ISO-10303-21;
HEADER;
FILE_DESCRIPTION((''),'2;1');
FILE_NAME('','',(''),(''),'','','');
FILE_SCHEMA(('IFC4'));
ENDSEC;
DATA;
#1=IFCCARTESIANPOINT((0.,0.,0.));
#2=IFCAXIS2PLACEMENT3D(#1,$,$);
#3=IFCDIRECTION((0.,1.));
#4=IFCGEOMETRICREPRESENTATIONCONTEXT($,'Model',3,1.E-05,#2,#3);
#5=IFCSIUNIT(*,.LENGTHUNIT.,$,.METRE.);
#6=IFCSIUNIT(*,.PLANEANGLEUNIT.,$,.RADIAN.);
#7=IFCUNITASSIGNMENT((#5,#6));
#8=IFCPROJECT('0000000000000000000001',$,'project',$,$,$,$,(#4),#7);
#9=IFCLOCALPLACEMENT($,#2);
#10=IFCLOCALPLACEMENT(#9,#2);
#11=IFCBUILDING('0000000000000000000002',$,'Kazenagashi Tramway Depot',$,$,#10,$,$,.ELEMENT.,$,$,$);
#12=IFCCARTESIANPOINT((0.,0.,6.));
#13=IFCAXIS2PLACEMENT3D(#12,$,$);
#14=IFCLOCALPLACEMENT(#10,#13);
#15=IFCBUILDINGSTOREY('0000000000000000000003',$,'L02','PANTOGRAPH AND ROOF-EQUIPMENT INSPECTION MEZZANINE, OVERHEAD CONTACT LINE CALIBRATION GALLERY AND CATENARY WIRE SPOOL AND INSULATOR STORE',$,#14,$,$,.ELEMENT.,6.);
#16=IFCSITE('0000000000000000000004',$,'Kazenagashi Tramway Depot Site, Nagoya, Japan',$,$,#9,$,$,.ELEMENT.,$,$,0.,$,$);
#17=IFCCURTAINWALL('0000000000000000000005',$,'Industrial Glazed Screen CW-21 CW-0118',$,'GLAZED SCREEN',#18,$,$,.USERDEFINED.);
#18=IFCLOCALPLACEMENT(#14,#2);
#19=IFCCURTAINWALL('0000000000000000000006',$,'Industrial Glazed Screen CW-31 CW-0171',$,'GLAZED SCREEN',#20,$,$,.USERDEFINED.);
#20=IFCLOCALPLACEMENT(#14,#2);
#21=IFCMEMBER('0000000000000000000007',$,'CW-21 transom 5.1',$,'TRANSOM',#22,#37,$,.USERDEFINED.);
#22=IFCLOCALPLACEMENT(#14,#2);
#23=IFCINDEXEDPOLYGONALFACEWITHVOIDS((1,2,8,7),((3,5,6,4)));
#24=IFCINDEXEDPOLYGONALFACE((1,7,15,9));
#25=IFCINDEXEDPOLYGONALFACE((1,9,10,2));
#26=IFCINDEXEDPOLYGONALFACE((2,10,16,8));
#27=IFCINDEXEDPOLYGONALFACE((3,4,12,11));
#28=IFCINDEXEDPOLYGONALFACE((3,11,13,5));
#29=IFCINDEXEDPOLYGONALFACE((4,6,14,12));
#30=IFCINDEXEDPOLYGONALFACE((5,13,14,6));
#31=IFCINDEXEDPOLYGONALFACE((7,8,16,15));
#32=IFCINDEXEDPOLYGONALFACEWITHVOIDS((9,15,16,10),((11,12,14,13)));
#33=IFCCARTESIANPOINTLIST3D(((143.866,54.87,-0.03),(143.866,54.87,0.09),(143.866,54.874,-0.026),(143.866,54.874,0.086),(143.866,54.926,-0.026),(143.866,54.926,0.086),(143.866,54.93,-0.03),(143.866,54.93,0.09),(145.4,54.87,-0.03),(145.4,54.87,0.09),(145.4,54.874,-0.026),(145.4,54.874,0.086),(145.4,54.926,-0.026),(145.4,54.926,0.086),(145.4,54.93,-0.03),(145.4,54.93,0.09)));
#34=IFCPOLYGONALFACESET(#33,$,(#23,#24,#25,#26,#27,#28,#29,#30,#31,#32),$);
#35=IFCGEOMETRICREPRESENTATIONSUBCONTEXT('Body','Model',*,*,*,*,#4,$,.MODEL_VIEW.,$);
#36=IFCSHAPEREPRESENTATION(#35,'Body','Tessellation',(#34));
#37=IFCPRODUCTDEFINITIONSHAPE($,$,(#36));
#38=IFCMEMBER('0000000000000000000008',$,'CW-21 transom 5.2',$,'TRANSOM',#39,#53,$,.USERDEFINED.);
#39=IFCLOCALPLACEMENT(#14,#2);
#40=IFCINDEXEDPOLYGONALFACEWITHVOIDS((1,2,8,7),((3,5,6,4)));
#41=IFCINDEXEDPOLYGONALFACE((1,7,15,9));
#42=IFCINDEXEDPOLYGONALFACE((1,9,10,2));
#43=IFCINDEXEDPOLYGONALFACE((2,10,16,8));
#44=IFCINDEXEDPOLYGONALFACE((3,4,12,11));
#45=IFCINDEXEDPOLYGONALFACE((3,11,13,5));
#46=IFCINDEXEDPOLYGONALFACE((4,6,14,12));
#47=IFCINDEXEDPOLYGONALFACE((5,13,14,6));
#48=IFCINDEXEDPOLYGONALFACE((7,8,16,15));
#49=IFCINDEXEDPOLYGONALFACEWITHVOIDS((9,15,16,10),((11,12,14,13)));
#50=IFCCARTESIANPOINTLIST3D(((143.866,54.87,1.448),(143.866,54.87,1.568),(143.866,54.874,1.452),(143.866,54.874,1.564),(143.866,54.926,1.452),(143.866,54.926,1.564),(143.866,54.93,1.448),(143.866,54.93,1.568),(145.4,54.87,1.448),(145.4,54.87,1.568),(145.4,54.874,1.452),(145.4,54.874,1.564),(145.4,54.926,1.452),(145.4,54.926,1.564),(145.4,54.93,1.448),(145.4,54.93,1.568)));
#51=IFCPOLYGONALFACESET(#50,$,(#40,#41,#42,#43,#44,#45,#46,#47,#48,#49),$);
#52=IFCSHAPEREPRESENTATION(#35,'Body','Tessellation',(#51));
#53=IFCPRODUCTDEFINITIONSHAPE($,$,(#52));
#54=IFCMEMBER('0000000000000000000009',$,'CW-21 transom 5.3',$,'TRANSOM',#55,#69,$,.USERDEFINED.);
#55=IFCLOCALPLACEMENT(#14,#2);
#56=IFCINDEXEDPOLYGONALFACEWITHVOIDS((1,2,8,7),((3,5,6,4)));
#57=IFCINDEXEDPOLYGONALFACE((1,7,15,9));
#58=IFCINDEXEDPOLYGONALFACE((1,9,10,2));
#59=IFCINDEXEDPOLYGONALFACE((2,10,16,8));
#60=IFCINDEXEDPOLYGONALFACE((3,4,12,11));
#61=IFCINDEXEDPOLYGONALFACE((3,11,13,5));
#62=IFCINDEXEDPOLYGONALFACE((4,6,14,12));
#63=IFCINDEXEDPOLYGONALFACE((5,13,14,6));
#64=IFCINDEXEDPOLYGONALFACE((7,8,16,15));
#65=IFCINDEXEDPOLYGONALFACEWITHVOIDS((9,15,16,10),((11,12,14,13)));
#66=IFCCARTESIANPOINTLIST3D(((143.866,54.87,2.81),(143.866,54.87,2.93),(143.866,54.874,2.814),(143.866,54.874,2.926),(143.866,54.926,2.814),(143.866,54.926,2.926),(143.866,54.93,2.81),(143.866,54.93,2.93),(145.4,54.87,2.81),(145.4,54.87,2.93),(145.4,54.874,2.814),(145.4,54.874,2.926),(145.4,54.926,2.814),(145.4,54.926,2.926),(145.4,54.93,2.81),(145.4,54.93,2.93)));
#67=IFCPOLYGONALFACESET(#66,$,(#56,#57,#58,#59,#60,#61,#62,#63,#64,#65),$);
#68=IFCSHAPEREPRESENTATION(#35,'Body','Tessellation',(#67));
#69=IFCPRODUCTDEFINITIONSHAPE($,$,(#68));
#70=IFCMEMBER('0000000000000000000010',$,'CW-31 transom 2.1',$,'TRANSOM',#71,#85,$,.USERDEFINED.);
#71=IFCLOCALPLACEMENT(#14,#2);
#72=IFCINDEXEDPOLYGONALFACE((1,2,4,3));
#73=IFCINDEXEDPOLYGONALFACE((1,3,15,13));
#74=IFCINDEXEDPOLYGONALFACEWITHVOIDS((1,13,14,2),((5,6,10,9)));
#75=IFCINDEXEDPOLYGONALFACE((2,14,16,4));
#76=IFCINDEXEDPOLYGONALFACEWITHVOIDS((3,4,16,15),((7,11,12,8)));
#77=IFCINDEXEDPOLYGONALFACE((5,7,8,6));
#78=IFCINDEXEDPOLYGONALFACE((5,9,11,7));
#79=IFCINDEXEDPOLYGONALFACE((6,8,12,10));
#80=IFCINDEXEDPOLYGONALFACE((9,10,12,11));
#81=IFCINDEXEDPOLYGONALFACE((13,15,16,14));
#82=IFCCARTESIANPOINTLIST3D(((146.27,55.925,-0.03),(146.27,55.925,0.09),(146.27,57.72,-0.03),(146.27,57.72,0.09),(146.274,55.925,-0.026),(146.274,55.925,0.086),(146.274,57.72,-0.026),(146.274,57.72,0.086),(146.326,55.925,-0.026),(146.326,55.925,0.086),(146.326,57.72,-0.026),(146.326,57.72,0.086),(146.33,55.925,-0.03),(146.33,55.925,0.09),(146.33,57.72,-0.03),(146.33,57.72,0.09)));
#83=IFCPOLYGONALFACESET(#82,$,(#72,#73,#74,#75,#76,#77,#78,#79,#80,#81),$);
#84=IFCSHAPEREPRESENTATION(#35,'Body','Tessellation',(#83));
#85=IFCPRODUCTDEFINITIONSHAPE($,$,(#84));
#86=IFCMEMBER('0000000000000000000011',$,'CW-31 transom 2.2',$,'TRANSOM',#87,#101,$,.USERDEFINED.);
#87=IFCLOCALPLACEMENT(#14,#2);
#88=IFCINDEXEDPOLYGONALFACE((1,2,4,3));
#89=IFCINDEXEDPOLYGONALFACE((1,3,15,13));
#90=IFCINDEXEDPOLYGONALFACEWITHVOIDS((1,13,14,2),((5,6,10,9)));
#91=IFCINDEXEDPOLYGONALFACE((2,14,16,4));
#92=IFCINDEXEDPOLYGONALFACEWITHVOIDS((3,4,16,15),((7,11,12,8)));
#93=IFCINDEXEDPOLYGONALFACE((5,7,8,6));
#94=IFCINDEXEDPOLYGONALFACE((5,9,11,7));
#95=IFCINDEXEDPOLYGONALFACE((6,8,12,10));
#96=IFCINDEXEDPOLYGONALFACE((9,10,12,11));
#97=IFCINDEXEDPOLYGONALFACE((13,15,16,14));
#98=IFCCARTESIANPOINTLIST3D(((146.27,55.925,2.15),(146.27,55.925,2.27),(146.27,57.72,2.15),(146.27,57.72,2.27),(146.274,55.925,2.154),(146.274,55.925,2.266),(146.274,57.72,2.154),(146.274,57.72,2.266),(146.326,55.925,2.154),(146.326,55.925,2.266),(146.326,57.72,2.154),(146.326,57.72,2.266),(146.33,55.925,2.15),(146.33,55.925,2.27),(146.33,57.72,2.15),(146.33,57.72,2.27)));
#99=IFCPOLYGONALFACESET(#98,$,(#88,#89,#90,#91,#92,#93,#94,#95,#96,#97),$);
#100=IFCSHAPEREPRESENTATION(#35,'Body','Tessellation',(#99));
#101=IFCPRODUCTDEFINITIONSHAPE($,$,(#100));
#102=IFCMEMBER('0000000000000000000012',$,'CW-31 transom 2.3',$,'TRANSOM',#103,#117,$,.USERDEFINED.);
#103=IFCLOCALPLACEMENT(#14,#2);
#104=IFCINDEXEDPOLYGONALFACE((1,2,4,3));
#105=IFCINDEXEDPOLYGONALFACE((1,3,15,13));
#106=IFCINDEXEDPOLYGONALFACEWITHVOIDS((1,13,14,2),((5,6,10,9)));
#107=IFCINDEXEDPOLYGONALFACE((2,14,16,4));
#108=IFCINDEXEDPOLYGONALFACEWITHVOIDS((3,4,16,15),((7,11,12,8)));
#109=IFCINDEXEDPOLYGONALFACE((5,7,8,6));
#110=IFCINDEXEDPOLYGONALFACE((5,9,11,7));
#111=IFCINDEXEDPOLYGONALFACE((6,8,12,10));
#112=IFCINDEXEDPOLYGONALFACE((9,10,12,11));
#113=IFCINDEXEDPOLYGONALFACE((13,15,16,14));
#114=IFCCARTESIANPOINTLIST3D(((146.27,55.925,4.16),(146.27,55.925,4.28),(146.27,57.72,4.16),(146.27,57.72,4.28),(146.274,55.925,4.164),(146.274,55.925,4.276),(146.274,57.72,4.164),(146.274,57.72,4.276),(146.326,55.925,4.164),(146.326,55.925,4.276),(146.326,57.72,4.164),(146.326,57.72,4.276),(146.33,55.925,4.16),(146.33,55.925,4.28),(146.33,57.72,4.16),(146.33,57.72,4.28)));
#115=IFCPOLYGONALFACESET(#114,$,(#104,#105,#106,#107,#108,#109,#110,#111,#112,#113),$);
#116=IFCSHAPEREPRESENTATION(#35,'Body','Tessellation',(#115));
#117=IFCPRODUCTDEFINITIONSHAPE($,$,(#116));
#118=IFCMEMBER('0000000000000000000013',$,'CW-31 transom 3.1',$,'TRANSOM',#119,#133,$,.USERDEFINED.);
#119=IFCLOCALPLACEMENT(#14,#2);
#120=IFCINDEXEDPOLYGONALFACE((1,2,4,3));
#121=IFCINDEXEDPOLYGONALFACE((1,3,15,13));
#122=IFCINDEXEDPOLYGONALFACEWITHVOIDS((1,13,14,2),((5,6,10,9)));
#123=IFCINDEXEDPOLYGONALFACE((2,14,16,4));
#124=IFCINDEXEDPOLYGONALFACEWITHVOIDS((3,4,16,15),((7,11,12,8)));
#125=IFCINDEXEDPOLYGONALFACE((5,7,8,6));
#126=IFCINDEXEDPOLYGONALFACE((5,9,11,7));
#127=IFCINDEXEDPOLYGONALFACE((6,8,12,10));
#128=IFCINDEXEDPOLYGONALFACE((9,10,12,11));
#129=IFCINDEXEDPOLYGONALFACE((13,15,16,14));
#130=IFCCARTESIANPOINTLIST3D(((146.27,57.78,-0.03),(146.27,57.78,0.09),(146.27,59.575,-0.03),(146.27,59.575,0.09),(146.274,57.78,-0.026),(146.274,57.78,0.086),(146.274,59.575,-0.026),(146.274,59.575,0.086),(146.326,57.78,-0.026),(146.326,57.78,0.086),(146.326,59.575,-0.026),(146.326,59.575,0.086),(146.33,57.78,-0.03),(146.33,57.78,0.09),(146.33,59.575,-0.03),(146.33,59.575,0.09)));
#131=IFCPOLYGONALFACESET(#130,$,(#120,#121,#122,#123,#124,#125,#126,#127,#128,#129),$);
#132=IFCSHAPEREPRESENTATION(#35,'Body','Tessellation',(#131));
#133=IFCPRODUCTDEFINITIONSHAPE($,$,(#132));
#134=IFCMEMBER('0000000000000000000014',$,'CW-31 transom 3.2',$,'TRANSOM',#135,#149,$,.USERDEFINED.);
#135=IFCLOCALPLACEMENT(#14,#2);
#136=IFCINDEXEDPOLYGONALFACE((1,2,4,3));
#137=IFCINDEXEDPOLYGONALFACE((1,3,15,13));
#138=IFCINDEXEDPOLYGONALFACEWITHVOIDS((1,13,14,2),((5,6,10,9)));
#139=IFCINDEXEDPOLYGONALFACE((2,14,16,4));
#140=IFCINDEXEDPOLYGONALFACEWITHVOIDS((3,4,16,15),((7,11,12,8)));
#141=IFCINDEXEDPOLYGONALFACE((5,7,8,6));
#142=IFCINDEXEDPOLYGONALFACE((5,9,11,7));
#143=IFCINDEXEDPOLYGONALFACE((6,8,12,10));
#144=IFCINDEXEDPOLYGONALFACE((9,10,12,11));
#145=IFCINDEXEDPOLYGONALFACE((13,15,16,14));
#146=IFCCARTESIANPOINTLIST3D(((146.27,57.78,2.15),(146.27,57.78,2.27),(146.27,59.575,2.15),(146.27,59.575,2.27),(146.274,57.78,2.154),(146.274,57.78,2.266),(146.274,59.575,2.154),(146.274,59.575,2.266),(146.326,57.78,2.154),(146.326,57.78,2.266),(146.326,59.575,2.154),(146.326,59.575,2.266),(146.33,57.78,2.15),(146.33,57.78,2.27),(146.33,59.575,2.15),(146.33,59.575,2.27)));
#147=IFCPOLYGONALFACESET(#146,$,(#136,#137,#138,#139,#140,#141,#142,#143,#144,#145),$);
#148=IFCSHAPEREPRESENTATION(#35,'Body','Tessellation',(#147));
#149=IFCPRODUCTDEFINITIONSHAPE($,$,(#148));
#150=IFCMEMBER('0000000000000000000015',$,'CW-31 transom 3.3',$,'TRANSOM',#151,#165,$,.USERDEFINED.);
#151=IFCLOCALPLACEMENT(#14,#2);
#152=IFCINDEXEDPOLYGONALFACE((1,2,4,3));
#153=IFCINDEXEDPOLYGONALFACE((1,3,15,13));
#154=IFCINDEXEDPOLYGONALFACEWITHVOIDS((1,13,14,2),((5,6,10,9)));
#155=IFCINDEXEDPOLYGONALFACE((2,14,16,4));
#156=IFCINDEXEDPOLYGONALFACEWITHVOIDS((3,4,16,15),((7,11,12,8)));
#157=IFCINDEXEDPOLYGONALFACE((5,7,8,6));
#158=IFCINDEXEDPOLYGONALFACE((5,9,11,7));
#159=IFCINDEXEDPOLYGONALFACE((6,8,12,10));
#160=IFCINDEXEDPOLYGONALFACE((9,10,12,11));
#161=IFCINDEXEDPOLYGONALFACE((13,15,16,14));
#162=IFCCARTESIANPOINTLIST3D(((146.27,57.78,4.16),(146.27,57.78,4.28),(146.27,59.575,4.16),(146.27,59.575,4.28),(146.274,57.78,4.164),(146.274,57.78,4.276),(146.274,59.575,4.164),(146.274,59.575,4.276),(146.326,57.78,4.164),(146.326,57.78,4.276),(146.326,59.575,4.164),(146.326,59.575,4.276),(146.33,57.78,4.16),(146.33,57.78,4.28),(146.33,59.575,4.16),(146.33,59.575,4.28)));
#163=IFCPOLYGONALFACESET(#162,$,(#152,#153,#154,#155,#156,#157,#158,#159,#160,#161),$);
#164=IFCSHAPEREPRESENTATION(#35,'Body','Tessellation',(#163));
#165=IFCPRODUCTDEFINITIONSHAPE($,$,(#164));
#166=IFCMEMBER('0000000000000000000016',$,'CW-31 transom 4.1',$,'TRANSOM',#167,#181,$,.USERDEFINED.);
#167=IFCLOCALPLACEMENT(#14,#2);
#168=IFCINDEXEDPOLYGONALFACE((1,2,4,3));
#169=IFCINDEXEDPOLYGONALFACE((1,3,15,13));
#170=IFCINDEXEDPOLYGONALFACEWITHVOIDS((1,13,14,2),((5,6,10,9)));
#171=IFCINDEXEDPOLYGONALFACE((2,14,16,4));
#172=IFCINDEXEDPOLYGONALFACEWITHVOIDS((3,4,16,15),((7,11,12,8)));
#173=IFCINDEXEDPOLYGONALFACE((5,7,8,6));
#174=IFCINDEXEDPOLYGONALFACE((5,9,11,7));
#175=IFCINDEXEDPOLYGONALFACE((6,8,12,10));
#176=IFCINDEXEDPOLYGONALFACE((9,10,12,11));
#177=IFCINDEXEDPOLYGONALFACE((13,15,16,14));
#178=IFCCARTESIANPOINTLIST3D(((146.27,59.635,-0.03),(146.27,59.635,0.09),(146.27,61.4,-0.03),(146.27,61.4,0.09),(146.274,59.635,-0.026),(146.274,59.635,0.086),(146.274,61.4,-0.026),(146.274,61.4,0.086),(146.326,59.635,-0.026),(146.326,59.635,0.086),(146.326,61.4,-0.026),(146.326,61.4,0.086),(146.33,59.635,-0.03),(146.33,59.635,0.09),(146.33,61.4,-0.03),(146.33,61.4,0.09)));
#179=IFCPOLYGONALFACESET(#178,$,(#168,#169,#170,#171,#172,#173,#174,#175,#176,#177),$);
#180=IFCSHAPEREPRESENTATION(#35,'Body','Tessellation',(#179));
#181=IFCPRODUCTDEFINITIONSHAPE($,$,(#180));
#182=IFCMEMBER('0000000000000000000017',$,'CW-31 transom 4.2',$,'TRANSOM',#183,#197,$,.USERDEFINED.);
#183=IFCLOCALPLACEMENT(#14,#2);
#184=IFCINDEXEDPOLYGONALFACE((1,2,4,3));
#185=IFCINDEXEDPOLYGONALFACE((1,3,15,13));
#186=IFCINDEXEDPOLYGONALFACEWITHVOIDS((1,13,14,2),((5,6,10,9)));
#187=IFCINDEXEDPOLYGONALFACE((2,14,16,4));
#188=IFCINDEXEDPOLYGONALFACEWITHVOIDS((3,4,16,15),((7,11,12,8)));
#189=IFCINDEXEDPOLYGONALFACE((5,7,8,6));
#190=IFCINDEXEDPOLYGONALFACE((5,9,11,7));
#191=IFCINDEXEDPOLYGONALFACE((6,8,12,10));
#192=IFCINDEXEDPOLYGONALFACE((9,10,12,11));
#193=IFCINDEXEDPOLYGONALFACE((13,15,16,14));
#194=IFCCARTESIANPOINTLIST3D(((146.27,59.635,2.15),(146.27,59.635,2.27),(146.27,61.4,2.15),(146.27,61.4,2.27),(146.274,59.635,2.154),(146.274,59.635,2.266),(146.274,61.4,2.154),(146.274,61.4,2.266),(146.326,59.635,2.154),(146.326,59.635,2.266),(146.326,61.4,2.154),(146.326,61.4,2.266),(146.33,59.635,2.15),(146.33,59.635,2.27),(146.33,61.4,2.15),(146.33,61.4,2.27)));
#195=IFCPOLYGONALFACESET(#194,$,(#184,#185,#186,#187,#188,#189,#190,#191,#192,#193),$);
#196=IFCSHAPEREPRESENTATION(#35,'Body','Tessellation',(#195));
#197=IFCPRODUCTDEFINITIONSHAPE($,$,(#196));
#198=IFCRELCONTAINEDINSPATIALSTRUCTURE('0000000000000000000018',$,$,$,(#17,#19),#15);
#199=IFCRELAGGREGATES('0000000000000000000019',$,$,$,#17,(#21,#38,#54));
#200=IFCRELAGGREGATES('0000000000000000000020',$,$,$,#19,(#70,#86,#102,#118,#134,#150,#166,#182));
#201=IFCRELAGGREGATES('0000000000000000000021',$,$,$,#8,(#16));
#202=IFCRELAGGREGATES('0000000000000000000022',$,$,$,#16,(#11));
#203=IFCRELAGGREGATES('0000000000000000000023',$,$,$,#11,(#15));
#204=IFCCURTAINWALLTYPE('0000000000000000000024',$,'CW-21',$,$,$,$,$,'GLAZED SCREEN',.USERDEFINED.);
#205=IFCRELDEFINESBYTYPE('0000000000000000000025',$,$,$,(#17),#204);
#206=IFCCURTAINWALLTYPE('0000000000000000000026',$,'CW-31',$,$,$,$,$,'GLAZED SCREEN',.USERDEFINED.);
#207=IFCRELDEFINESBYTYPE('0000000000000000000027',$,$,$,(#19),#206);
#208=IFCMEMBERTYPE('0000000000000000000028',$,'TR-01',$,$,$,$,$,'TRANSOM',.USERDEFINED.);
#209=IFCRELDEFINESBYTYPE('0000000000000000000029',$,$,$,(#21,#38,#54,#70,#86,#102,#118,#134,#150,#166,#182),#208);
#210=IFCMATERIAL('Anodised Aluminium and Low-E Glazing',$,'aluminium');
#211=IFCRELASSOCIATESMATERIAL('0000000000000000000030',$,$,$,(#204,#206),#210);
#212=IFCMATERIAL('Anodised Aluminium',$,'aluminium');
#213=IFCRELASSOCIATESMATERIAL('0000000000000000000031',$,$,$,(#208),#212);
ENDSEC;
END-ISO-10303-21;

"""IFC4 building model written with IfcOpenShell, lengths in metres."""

from ifc_helpers import new_model, si_unit, direction, frame, origin, origin_2d, place, context, subcontext, project, spatial, hollow_rectangle, extrude, material, material_profile, profile_set, type_object, element, aggregate, save


model = new_model("IFC4")

# Units and contexts
model_context = context("Model", 3, precision=1e-05, world=origin(), true_north=direction((0.0, 1.0)))
body_context = subcontext(model_context, "Body", "Model", "MODEL_VIEW")
ifc_project = project(units=[si_unit("LENGTHUNIT", "METRE"), si_unit("PLANEANGLEUNIT", "RADIAN")], contexts=[model_context])

# Site, building, storey
site_placement = place(None, origin())
site = spatial("IfcSite", under=ifc_project, at=site_placement, Name="Kazenagashi Tramway Depot Site, Nagoya, Japan", CompositionType="ELEMENT", RefElevation=0.0)
building_placement = place(site_placement, origin())
building = spatial("IfcBuilding", under=site, at=building_placement, Name="Kazenagashi Tramway Depot", CompositionType="ELEMENT")
storey_placement = place(building_placement, frame((0.0, 0.0, 6.0)))
storey = spatial("IfcBuildingStorey", under=building, at=storey_placement, Name="L02", Description="PANTOGRAPH AND ROOF-EQUIPMENT INSPECTION MEZZANINE, OVERHEAD CONTACT LINE CALIBRATION GALLERY AND CATENARY WIRE SPOOL AND INSULATOR STORE", CompositionType="ELEMENT", Elevation=6.0)

# Curtain walls
ifc_material_1 = material(Name="Anodised Aluminium and Low-E Glazing", Category="aluminium")
curtain_wall_type_1 = type_object("IfcCurtainWallType", Name="CW-21", ElementType="GLAZED SCREEN", PredefinedType="USERDEFINED", material=ifc_material_1)
curtain_wall_1_placement = place(storey_placement, origin())
curtain_wall_1 = element("IfcCurtainWall", 1, at=curtain_wall_1_placement, inside=storey, type_object=curtain_wall_type_1, Name="Industrial Glazed Screen CW-21 CW-0118", ObjectType="GLAZED SCREEN", PredefinedType="USERDEFINED")
ifc_material_2 = material(Name="Anodised Aluminium", Category="aluminium")
curtain_wall_type_2 = type_object("IfcCurtainWallType", Name="CW-31", ElementType="GLAZED SCREEN", PredefinedType="USERDEFINED", material=ifc_material_1)
curtain_wall_2_placement = place(storey_placement, origin())
curtain_wall_2 = element("IfcCurtainWall", 2, at=curtain_wall_2_placement, inside=storey, type_object=curtain_wall_type_2, Name="Industrial Glazed Screen CW-31 CW-0171", ObjectType="GLAZED SCREEN", PredefinedType="USERDEFINED")

# Members
ifc_material_profile_1 = material_profile(ifc_material_2, hollow_rectangle(XDim=0.06, YDim=0.12, WallThickness=0.004, at=origin_2d()), Name="RHS-120x60x4")
ifc_profile_set_1 = profile_set([ifc_material_profile_1], Name="Anodised Aluminium")
member_type_1 = type_object("IfcMemberType", Name="TR-01", ElementType="TRANSOM", PredefinedType="USERDEFINED", material=ifc_profile_set_1)
member_1_placement = place(storey_placement, frame((143.866, 54.9, 0.03), z_axis=(1.0, 0.0, 0.0), x_axis=(0.0, 1.0, 0.0)))
member_1 = element("IfcMember", 3, at=member_1_placement, type_object=member_type_1, Name="CW-21 transom 5.1", ObjectType="TRANSOM", PredefinedType="USERDEFINED", context=body_context, shape_type="SweptSolid", body=[
    extrude(hollow_rectangle(XDim=0.06, YDim=0.12, WallThickness=0.004, at=origin_2d()), origin(), (0.0, 0.0, 1.0), 1.534),
])
member_2_placement = place(storey_placement, frame((143.866, 54.9, 1.508), z_axis=(1.0, 0.0, 0.0), x_axis=(0.0, 1.0, 0.0)))
member_2 = element("IfcMember", 4, at=member_2_placement, type_object=member_type_1, Name="CW-21 transom 5.2", ObjectType="TRANSOM", PredefinedType="USERDEFINED", context=body_context, shape_type="SweptSolid", body=[
    extrude(hollow_rectangle(XDim=0.06, YDim=0.12, WallThickness=0.004, at=origin_2d()), origin(), (0.0, 0.0, 1.0), 1.534),
])
member_3_placement = place(storey_placement, frame((143.866, 54.9, 2.87), z_axis=(1.0, 0.0, 0.0), x_axis=(0.0, 1.0, 0.0)))
member_3 = element("IfcMember", 5, at=member_3_placement, type_object=member_type_1, Name="CW-21 transom 5.3", ObjectType="TRANSOM", PredefinedType="USERDEFINED", context=body_context, shape_type="SweptSolid", body=[
    extrude(hollow_rectangle(XDim=0.06, YDim=0.12, WallThickness=0.004, at=origin_2d()), origin(), (0.0, 0.0, 1.0), 1.534),
])
member_4_placement = place(storey_placement, frame((146.3, 55.925, 0.03), z_axis=(0.0, 1.0, 0.0), x_axis=(-1.0, 0.0, 0.0)))
member_4 = element("IfcMember", 6, at=member_4_placement, type_object=member_type_1, Name="CW-31 transom 2.1", ObjectType="TRANSOM", PredefinedType="USERDEFINED", context=body_context, shape_type="SweptSolid", body=[
    extrude(hollow_rectangle(XDim=0.06, YDim=0.12, WallThickness=0.004, at=origin_2d()), origin(), (0.0, 0.0, 1.0), 1.795),
])
member_5_placement = place(storey_placement, frame((146.3, 55.925, 2.21), z_axis=(0.0, 1.0, 0.0), x_axis=(-1.0, 0.0, 0.0)))
member_5 = element("IfcMember", 7, at=member_5_placement, type_object=member_type_1, Name="CW-31 transom 2.2", ObjectType="TRANSOM", PredefinedType="USERDEFINED", context=body_context, shape_type="SweptSolid", body=[
    extrude(hollow_rectangle(XDim=0.06, YDim=0.12, WallThickness=0.004, at=origin_2d()), origin(), (0.0, 0.0, 1.0), 1.795),
])
member_6_placement = place(storey_placement, frame((146.3, 55.925, 4.22), z_axis=(0.0, 1.0, 0.0), x_axis=(-1.0, 0.0, 0.0)))
member_6 = element("IfcMember", 8, at=member_6_placement, type_object=member_type_1, Name="CW-31 transom 2.3", ObjectType="TRANSOM", PredefinedType="USERDEFINED", context=body_context, shape_type="SweptSolid", body=[
    extrude(hollow_rectangle(XDim=0.06, YDim=0.12, WallThickness=0.004, at=origin_2d()), origin(), (0.0, 0.0, 1.0), 1.795),
])
member_7_placement = place(storey_placement, frame((146.3, 57.78, 0.03), z_axis=(0.0, 1.0, 0.0), x_axis=(-1.0, 0.0, 0.0)))
member_7 = element("IfcMember", 9, at=member_7_placement, type_object=member_type_1, Name="CW-31 transom 3.1", ObjectType="TRANSOM", PredefinedType="USERDEFINED", context=body_context, shape_type="SweptSolid", body=[
    extrude(hollow_rectangle(XDim=0.06, YDim=0.12, WallThickness=0.004, at=origin_2d()), origin(), (0.0, 0.0, 1.0), 1.795),
])
member_8_placement = place(storey_placement, frame((146.3, 57.78, 2.21), z_axis=(0.0, 1.0, 0.0), x_axis=(-1.0, 0.0, 0.0)))
member_8 = element("IfcMember", 10, at=member_8_placement, type_object=member_type_1, Name="CW-31 transom 3.2", ObjectType="TRANSOM", PredefinedType="USERDEFINED", context=body_context, shape_type="SweptSolid", body=[
    extrude(hollow_rectangle(XDim=0.06, YDim=0.12, WallThickness=0.004, at=origin_2d()), origin(), (0.0, 0.0, 1.0), 1.795),
])
member_9_placement = place(storey_placement, frame((146.3, 57.78, 4.22), z_axis=(0.0, 1.0, 0.0), x_axis=(-1.0, 0.0, 0.0)))
member_9 = element("IfcMember", 11, at=member_9_placement, type_object=member_type_1, Name="CW-31 transom 3.3", ObjectType="TRANSOM", PredefinedType="USERDEFINED", context=body_context, shape_type="SweptSolid", body=[
    extrude(hollow_rectangle(XDim=0.06, YDim=0.12, WallThickness=0.004, at=origin_2d()), origin(), (0.0, 0.0, 1.0), 1.795),
])
member_10_placement = place(storey_placement, frame((146.3, 59.635, 0.03), z_axis=(0.0, 1.0, 0.0), x_axis=(-1.0, 0.0, 0.0)))
member_10 = element("IfcMember", 12, at=member_10_placement, type_object=member_type_1, Name="CW-31 transom 4.1", ObjectType="TRANSOM", PredefinedType="USERDEFINED", context=body_context, shape_type="SweptSolid", body=[
    extrude(hollow_rectangle(XDim=0.06, YDim=0.12, WallThickness=0.004, at=origin_2d()), origin(), (0.0, 0.0, 1.0), 1.765),
])
member_11_placement = place(storey_placement, frame((146.3, 59.635, 2.21), z_axis=(0.0, 1.0, 0.0), x_axis=(-1.0, 0.0, 0.0)))
member_11 = element("IfcMember", 13, at=member_11_placement, type_object=member_type_1, Name="CW-31 transom 4.2", ObjectType="TRANSOM", PredefinedType="USERDEFINED", context=body_context, shape_type="SweptSolid", body=[
    extrude(hollow_rectangle(XDim=0.06, YDim=0.12, WallThickness=0.004, at=origin_2d()), origin(), (0.0, 0.0, 1.0), 1.765),
])

aggregate(curtain_wall_1, [member_1, member_2, member_3])
aggregate(curtain_wall_2, [member_4, member_5, member_6, member_7, member_8, member_9, member_10, member_11])

save(model, "model.ifc")
